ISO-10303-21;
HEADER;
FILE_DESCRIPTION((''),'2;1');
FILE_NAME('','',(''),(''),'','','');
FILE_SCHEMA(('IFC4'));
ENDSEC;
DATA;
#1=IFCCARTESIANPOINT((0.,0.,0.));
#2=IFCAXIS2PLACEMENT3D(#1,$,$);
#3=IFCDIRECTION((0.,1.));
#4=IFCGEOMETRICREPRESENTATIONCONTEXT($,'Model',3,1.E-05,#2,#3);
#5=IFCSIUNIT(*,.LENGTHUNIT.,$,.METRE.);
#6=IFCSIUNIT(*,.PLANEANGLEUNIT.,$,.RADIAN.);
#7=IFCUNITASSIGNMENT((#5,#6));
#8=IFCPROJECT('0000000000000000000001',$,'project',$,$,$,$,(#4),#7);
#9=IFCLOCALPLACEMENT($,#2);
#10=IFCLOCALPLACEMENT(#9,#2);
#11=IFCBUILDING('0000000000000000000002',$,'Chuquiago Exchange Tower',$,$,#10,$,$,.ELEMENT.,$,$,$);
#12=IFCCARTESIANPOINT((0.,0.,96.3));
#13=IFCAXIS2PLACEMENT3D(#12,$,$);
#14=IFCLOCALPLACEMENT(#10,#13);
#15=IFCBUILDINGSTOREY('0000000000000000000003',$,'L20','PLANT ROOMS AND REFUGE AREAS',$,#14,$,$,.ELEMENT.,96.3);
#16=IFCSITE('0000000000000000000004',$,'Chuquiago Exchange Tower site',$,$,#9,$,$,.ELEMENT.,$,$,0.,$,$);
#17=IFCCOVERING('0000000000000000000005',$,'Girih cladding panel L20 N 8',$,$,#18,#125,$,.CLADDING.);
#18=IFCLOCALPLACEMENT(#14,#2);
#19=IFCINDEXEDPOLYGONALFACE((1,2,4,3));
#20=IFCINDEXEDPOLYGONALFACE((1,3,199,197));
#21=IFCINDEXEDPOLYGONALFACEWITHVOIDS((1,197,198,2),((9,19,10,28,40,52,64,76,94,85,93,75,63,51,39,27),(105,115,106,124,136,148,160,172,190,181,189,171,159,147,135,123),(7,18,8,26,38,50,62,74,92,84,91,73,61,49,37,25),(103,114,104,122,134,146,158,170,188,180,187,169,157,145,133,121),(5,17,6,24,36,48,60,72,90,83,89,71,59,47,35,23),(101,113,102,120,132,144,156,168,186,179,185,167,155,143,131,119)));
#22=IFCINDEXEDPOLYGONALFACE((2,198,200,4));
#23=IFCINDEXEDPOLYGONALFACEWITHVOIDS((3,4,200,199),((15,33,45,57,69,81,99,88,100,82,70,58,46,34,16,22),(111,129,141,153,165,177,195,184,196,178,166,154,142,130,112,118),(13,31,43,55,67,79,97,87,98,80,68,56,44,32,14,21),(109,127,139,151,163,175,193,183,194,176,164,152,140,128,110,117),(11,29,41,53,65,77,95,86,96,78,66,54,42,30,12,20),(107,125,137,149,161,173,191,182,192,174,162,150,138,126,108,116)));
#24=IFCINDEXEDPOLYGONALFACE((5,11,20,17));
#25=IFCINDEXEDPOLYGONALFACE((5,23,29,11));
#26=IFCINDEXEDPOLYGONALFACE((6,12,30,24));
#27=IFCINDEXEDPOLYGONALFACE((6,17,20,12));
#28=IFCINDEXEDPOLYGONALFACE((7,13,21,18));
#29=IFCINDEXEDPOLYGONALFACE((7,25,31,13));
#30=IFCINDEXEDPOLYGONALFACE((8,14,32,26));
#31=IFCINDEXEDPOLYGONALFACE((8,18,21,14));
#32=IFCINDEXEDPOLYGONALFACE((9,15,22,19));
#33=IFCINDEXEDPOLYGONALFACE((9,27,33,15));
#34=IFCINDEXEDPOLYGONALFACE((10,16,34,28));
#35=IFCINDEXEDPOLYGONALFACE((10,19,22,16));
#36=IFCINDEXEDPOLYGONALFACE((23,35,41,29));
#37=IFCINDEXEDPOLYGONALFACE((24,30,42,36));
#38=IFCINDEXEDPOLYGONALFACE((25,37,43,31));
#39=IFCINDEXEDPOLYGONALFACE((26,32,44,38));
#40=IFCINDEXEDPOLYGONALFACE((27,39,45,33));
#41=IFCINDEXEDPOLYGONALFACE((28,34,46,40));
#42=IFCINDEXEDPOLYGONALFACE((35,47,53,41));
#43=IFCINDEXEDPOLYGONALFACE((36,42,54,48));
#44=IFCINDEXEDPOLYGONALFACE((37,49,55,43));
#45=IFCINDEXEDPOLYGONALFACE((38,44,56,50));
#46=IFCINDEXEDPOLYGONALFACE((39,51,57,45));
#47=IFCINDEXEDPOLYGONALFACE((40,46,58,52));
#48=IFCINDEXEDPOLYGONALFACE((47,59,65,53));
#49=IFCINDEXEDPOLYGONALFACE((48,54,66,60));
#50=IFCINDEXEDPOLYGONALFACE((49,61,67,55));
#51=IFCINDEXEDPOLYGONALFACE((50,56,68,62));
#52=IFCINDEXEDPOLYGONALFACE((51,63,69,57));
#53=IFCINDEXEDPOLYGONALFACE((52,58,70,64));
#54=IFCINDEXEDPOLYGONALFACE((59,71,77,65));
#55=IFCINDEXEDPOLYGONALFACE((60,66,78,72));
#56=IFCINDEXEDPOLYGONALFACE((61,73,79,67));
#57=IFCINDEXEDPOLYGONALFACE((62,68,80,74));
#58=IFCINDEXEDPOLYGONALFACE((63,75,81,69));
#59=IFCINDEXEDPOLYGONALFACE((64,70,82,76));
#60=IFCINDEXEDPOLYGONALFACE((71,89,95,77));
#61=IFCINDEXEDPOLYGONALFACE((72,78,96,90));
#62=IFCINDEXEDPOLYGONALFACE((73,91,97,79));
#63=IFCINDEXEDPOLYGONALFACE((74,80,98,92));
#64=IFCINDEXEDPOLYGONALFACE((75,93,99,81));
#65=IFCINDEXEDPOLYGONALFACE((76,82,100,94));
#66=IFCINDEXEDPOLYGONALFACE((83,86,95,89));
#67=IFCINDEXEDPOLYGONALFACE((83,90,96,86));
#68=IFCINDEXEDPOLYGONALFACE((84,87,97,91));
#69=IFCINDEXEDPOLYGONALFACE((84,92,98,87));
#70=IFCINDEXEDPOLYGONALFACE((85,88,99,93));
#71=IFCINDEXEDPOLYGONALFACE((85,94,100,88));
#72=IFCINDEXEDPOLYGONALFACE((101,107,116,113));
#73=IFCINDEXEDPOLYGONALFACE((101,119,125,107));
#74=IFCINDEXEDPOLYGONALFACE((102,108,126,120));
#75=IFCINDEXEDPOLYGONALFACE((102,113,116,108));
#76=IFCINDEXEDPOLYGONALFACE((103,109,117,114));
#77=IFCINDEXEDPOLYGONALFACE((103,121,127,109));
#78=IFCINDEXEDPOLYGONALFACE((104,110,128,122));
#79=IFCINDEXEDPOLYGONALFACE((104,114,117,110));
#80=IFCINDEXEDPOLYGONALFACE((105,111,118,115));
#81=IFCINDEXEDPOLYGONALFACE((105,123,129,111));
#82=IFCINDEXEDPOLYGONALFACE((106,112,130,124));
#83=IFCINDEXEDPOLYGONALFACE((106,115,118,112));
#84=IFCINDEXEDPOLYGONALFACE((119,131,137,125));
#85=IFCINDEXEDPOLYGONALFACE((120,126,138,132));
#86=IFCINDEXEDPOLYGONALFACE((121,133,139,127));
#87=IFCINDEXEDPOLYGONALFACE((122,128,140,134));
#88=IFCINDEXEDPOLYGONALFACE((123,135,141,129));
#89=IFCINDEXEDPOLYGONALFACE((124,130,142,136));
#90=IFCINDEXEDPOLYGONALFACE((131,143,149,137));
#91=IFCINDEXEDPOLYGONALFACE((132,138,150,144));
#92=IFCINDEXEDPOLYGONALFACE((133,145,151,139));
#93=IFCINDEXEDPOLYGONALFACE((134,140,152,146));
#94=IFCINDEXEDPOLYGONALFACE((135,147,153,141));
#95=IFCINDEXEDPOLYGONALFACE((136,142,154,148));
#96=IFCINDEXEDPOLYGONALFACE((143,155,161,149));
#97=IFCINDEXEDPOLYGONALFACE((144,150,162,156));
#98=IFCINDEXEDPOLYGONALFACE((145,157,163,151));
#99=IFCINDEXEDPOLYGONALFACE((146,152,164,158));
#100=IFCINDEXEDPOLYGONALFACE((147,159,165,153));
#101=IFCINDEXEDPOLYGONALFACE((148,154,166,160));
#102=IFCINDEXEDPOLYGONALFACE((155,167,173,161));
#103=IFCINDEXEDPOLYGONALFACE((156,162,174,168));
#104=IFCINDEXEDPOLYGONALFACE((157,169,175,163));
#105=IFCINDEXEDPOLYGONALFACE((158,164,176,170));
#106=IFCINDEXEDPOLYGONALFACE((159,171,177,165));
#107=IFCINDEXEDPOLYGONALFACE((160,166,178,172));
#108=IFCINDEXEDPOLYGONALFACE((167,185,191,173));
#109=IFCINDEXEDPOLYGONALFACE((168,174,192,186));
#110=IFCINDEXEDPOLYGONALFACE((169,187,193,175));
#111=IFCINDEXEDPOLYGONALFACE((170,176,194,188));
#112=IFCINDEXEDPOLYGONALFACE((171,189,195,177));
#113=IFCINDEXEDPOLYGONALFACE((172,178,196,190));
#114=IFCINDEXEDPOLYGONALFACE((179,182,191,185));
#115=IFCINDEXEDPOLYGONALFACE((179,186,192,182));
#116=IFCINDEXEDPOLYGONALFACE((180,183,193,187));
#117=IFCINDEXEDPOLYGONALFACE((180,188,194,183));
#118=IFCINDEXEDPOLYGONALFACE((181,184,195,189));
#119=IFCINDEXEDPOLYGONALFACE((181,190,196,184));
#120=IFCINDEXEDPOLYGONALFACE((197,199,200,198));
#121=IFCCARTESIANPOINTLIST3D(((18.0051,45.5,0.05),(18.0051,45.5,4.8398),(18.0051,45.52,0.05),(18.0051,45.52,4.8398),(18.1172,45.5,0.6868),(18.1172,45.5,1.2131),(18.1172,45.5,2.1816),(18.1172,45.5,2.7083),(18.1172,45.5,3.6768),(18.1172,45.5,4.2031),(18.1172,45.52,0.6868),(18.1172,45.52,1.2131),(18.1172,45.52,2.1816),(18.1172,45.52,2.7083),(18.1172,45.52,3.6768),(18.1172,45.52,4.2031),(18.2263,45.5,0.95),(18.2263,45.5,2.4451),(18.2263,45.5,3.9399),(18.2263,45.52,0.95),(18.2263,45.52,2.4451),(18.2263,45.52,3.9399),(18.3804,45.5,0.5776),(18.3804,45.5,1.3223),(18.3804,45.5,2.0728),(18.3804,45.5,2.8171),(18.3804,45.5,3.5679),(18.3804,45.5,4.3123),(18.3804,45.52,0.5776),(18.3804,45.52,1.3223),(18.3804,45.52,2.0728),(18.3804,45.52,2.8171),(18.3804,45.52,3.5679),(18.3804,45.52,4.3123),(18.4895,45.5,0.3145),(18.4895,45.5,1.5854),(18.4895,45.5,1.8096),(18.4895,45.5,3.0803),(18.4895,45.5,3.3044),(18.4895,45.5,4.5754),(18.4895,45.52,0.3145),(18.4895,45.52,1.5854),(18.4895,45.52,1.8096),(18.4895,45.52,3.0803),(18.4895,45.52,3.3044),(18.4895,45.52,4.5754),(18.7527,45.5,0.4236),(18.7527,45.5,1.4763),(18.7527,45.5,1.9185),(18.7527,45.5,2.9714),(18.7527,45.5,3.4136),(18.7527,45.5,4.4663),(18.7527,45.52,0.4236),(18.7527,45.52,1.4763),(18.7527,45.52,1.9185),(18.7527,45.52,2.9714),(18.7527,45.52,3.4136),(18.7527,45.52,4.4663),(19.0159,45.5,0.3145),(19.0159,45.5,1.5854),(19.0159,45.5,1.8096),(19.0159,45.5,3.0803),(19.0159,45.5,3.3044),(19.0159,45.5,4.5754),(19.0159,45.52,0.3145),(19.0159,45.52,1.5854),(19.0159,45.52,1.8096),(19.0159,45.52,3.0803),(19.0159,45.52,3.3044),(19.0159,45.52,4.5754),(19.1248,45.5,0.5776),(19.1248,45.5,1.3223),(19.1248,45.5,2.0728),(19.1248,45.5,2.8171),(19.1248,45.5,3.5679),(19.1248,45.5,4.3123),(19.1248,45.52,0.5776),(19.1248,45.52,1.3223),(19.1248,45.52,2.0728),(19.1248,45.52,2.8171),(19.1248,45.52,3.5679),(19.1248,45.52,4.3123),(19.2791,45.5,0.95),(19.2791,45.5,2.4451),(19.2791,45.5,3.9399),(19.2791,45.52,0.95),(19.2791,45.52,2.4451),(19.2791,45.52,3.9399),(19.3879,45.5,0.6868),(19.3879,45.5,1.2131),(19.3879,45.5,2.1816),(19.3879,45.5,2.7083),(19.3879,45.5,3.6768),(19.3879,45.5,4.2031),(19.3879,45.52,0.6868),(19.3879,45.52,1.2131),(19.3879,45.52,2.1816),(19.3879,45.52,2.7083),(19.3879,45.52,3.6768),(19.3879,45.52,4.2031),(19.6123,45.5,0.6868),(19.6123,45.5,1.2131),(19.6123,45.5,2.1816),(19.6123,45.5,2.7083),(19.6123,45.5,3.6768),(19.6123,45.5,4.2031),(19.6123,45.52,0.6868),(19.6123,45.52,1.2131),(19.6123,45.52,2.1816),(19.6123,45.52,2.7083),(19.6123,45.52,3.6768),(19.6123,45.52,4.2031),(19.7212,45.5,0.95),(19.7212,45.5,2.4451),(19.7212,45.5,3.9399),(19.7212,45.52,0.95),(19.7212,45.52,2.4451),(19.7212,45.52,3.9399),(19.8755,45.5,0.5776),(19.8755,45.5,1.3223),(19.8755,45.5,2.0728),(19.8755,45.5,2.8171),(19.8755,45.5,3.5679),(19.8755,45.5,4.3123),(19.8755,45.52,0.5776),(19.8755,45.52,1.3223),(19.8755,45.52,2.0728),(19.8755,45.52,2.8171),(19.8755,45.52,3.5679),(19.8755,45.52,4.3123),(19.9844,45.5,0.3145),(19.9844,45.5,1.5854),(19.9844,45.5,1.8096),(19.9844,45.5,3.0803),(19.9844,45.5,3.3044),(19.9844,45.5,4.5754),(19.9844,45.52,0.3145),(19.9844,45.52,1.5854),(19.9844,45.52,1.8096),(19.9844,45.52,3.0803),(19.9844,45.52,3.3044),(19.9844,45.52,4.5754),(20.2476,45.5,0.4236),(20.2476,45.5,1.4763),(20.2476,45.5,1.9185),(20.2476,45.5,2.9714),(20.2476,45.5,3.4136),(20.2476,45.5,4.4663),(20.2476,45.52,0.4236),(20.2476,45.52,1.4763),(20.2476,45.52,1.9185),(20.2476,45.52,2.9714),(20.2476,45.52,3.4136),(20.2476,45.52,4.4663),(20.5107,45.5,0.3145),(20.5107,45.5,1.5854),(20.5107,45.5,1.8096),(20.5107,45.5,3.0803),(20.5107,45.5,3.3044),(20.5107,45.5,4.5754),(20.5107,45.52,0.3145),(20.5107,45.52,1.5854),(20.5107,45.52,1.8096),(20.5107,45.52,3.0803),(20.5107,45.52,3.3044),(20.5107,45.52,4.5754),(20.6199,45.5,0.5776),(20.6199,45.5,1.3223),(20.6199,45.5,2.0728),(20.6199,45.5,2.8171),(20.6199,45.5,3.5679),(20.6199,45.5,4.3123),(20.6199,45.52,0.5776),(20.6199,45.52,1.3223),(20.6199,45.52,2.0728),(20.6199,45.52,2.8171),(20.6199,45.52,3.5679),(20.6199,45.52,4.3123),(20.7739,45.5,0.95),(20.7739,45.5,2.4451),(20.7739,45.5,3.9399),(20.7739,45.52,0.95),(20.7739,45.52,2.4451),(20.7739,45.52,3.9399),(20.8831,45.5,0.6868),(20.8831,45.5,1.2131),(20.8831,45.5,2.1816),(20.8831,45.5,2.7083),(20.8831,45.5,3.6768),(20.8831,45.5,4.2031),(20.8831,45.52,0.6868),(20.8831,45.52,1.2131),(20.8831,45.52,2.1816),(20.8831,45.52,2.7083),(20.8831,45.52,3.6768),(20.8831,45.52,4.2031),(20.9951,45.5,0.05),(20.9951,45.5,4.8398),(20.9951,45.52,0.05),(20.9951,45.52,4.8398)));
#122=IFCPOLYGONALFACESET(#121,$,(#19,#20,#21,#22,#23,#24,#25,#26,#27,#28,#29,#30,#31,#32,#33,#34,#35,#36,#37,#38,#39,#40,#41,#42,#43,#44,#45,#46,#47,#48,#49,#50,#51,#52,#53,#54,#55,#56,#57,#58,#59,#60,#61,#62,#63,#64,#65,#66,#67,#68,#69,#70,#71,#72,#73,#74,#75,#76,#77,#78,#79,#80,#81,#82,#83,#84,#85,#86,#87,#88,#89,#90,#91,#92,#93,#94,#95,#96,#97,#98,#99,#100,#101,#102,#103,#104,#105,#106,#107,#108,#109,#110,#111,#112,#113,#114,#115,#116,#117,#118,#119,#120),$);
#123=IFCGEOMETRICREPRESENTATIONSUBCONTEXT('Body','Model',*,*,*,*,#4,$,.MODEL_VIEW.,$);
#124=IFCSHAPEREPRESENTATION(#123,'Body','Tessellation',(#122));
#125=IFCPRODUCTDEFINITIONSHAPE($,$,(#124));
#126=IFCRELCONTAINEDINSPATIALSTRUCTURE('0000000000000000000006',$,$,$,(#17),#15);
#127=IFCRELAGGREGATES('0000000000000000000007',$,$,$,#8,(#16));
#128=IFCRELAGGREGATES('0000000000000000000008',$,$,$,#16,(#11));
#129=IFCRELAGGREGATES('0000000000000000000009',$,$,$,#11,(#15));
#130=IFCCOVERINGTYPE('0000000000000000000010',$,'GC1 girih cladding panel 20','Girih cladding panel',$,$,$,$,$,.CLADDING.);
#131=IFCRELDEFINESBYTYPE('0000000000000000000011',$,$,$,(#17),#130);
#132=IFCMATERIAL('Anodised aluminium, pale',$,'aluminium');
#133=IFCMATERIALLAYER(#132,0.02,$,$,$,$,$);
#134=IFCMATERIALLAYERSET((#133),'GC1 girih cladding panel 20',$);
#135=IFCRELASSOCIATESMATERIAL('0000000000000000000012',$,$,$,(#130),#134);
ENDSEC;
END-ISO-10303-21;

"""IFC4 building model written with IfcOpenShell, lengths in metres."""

from ifc_helpers import new_model, si_unit, direction, frame, origin, place, context, subcontext, project, spatial, polyline, outline, extrude, material, layer, layer_set, type_object, element, save


model = new_model("IFC4")

# Units and contexts
model_context = context("Model", 3, precision=1e-05, world=origin(), true_north=direction((0.0, 1.0)))
body_context = subcontext(model_context, "Body", "Model", "MODEL_VIEW")
ifc_project = project(units=[si_unit("LENGTHUNIT", "METRE"), si_unit("PLANEANGLEUNIT", "RADIAN")], contexts=[model_context])

# Site, building, storey
site_placement = place(None, origin())
site = spatial("IfcSite", under=ifc_project, at=site_placement, Name="Chuquiago Exchange Tower site", CompositionType="ELEMENT", RefElevation=0.0)
building_placement = place(site_placement, origin())
building = spatial("IfcBuilding", under=site, at=building_placement, Name="Chuquiago Exchange Tower", CompositionType="ELEMENT")
storey_placement = place(building_placement, frame((0.0, 0.0, 96.3)))
storey = spatial("IfcBuildingStorey", under=building, at=storey_placement, Name="L20", Description="PLANT ROOMS AND REFUGE AREAS", CompositionType="ELEMENT", Elevation=96.3)

# Covering
ifc_material_1 = material(Name="Anodised aluminium, pale", Category="aluminium")
ifc_layer_1 = layer(ifc_material_1, 0.02)
ifc_layer_set_1 = layer_set([ifc_layer_1], Name="GC1 girih cladding panel 20")
covering_type = type_object("IfcCoveringType", Name="GC1 girih cladding panel 20", Description="Girih cladding panel", PredefinedType="CLADDING", material=ifc_layer_set_1)
covering_1_placement = place(storey_placement, frame((20.9951, 45.5, 0.05), z_axis=(0.0, 0.0, 1.0), x_axis=(-1.0, 0.0, 0.0)))
element("IfcCovering", 1, at=covering_1_placement, inside=storey, type_object=covering_type, Name="Girih cladding panel L20 N 8", PredefinedType="CLADDING", context=body_context, shape_type="SweptSolid", body=[
    extrude(outline(polyline([(0.0, 0.0), (2.99, 0.0), (2.99, 4.7898), (0.0, 4.7898), (0.0, 0.0)]), holes=[polyline([(1.2739, 0.8999), (1.3828, 1.1631), (1.1196, 1.2722), (1.0107, 1.5354), (0.7476, 1.4263), (0.4844, 1.5354), (0.3752, 1.2722), (0.1121, 1.1631), (0.2212, 0.8999), (0.1121, 0.6367), (0.3752, 0.5276), (0.4844, 0.2644), (0.7476, 0.3735), (1.0107, 0.2644), (1.1196, 0.5276), (1.3828, 0.6367), (1.2739, 0.8999)]), polyline([(2.7688, 0.8999), (2.8779, 1.1631), (2.6147, 1.2722), (2.5056, 1.5354), (2.2424, 1.4263), (1.9792, 1.5354), (1.8704, 1.2722), (1.6072, 1.1631), (1.7161, 0.8999), (1.6072, 0.6367), (1.8704, 0.5276), (1.9792, 0.2644), (2.2424, 0.3735), (2.5056, 0.2644), (2.6147, 0.5276), (2.8779, 0.6367), (2.7688, 0.8999)]), polyline([(1.2739, 2.395), (1.3828, 2.6582), (1.1196, 2.7671), (1.0107, 3.0303), (0.7476, 2.9214), (0.4844, 3.0303), (0.3752, 2.7671), (0.1121, 2.6582), (0.2212, 2.395), (0.1121, 2.1316), (0.3752, 2.0227), (0.4844, 1.7595), (0.7476, 1.8684), (1.0107, 1.7595), (1.1196, 2.0227), (1.3828, 2.1316), (1.2739, 2.395)]), polyline([(2.7688, 2.395), (2.8779, 2.6582), (2.6147, 2.7671), (2.5056, 3.0303), (2.2424, 2.9214), (1.9792, 3.0303), (1.8704, 2.7671), (1.6072, 2.6582), (1.7161, 2.395), (1.6072, 2.1316), (1.8704, 2.0227), (1.9792, 1.7595), (2.2424, 1.8684), (2.5056, 1.7595), (2.6147, 2.0227), (2.8779, 2.1316), (2.7688, 2.395)]), polyline([(1.2739, 3.8899), (1.3828, 4.1531), (1.1196, 4.2622), (1.0107, 4.5254), (0.7476, 4.4163), (0.4844, 4.5254), (0.3752, 4.2622), (0.1121, 4.1531), (0.2212, 3.8899), (0.1121, 3.6267), (0.3752, 3.5178), (0.4844, 3.2544), (0.7476, 3.3635), (1.0107, 3.2544), (1.1196, 3.5178), (1.3828, 3.6267), (1.2739, 3.8899)]), polyline([(2.7688, 3.8899), (2.8779, 4.1531), (2.6147, 4.2622), (2.5056, 4.5254), (2.2424, 4.4163), (1.9792, 4.5254), (1.8704, 4.2622), (1.6072, 4.1531), (1.7161, 3.8899), (1.6072, 3.6267), (1.8704, 3.5178), (1.9792, 3.2544), (2.2424, 3.3635), (2.5056, 3.2544), (2.6147, 3.5178), (2.8779, 3.6267), (2.7688, 3.8899)])]), frame((0.0, 0.0, 0.0), z_axis=(0.0, -1.0, 0.0), x_axis=(1.0, 0.0, 0.0)), (0.0, 0.0, 1.0), 0.02),
])

save(model, "model.ifc")
